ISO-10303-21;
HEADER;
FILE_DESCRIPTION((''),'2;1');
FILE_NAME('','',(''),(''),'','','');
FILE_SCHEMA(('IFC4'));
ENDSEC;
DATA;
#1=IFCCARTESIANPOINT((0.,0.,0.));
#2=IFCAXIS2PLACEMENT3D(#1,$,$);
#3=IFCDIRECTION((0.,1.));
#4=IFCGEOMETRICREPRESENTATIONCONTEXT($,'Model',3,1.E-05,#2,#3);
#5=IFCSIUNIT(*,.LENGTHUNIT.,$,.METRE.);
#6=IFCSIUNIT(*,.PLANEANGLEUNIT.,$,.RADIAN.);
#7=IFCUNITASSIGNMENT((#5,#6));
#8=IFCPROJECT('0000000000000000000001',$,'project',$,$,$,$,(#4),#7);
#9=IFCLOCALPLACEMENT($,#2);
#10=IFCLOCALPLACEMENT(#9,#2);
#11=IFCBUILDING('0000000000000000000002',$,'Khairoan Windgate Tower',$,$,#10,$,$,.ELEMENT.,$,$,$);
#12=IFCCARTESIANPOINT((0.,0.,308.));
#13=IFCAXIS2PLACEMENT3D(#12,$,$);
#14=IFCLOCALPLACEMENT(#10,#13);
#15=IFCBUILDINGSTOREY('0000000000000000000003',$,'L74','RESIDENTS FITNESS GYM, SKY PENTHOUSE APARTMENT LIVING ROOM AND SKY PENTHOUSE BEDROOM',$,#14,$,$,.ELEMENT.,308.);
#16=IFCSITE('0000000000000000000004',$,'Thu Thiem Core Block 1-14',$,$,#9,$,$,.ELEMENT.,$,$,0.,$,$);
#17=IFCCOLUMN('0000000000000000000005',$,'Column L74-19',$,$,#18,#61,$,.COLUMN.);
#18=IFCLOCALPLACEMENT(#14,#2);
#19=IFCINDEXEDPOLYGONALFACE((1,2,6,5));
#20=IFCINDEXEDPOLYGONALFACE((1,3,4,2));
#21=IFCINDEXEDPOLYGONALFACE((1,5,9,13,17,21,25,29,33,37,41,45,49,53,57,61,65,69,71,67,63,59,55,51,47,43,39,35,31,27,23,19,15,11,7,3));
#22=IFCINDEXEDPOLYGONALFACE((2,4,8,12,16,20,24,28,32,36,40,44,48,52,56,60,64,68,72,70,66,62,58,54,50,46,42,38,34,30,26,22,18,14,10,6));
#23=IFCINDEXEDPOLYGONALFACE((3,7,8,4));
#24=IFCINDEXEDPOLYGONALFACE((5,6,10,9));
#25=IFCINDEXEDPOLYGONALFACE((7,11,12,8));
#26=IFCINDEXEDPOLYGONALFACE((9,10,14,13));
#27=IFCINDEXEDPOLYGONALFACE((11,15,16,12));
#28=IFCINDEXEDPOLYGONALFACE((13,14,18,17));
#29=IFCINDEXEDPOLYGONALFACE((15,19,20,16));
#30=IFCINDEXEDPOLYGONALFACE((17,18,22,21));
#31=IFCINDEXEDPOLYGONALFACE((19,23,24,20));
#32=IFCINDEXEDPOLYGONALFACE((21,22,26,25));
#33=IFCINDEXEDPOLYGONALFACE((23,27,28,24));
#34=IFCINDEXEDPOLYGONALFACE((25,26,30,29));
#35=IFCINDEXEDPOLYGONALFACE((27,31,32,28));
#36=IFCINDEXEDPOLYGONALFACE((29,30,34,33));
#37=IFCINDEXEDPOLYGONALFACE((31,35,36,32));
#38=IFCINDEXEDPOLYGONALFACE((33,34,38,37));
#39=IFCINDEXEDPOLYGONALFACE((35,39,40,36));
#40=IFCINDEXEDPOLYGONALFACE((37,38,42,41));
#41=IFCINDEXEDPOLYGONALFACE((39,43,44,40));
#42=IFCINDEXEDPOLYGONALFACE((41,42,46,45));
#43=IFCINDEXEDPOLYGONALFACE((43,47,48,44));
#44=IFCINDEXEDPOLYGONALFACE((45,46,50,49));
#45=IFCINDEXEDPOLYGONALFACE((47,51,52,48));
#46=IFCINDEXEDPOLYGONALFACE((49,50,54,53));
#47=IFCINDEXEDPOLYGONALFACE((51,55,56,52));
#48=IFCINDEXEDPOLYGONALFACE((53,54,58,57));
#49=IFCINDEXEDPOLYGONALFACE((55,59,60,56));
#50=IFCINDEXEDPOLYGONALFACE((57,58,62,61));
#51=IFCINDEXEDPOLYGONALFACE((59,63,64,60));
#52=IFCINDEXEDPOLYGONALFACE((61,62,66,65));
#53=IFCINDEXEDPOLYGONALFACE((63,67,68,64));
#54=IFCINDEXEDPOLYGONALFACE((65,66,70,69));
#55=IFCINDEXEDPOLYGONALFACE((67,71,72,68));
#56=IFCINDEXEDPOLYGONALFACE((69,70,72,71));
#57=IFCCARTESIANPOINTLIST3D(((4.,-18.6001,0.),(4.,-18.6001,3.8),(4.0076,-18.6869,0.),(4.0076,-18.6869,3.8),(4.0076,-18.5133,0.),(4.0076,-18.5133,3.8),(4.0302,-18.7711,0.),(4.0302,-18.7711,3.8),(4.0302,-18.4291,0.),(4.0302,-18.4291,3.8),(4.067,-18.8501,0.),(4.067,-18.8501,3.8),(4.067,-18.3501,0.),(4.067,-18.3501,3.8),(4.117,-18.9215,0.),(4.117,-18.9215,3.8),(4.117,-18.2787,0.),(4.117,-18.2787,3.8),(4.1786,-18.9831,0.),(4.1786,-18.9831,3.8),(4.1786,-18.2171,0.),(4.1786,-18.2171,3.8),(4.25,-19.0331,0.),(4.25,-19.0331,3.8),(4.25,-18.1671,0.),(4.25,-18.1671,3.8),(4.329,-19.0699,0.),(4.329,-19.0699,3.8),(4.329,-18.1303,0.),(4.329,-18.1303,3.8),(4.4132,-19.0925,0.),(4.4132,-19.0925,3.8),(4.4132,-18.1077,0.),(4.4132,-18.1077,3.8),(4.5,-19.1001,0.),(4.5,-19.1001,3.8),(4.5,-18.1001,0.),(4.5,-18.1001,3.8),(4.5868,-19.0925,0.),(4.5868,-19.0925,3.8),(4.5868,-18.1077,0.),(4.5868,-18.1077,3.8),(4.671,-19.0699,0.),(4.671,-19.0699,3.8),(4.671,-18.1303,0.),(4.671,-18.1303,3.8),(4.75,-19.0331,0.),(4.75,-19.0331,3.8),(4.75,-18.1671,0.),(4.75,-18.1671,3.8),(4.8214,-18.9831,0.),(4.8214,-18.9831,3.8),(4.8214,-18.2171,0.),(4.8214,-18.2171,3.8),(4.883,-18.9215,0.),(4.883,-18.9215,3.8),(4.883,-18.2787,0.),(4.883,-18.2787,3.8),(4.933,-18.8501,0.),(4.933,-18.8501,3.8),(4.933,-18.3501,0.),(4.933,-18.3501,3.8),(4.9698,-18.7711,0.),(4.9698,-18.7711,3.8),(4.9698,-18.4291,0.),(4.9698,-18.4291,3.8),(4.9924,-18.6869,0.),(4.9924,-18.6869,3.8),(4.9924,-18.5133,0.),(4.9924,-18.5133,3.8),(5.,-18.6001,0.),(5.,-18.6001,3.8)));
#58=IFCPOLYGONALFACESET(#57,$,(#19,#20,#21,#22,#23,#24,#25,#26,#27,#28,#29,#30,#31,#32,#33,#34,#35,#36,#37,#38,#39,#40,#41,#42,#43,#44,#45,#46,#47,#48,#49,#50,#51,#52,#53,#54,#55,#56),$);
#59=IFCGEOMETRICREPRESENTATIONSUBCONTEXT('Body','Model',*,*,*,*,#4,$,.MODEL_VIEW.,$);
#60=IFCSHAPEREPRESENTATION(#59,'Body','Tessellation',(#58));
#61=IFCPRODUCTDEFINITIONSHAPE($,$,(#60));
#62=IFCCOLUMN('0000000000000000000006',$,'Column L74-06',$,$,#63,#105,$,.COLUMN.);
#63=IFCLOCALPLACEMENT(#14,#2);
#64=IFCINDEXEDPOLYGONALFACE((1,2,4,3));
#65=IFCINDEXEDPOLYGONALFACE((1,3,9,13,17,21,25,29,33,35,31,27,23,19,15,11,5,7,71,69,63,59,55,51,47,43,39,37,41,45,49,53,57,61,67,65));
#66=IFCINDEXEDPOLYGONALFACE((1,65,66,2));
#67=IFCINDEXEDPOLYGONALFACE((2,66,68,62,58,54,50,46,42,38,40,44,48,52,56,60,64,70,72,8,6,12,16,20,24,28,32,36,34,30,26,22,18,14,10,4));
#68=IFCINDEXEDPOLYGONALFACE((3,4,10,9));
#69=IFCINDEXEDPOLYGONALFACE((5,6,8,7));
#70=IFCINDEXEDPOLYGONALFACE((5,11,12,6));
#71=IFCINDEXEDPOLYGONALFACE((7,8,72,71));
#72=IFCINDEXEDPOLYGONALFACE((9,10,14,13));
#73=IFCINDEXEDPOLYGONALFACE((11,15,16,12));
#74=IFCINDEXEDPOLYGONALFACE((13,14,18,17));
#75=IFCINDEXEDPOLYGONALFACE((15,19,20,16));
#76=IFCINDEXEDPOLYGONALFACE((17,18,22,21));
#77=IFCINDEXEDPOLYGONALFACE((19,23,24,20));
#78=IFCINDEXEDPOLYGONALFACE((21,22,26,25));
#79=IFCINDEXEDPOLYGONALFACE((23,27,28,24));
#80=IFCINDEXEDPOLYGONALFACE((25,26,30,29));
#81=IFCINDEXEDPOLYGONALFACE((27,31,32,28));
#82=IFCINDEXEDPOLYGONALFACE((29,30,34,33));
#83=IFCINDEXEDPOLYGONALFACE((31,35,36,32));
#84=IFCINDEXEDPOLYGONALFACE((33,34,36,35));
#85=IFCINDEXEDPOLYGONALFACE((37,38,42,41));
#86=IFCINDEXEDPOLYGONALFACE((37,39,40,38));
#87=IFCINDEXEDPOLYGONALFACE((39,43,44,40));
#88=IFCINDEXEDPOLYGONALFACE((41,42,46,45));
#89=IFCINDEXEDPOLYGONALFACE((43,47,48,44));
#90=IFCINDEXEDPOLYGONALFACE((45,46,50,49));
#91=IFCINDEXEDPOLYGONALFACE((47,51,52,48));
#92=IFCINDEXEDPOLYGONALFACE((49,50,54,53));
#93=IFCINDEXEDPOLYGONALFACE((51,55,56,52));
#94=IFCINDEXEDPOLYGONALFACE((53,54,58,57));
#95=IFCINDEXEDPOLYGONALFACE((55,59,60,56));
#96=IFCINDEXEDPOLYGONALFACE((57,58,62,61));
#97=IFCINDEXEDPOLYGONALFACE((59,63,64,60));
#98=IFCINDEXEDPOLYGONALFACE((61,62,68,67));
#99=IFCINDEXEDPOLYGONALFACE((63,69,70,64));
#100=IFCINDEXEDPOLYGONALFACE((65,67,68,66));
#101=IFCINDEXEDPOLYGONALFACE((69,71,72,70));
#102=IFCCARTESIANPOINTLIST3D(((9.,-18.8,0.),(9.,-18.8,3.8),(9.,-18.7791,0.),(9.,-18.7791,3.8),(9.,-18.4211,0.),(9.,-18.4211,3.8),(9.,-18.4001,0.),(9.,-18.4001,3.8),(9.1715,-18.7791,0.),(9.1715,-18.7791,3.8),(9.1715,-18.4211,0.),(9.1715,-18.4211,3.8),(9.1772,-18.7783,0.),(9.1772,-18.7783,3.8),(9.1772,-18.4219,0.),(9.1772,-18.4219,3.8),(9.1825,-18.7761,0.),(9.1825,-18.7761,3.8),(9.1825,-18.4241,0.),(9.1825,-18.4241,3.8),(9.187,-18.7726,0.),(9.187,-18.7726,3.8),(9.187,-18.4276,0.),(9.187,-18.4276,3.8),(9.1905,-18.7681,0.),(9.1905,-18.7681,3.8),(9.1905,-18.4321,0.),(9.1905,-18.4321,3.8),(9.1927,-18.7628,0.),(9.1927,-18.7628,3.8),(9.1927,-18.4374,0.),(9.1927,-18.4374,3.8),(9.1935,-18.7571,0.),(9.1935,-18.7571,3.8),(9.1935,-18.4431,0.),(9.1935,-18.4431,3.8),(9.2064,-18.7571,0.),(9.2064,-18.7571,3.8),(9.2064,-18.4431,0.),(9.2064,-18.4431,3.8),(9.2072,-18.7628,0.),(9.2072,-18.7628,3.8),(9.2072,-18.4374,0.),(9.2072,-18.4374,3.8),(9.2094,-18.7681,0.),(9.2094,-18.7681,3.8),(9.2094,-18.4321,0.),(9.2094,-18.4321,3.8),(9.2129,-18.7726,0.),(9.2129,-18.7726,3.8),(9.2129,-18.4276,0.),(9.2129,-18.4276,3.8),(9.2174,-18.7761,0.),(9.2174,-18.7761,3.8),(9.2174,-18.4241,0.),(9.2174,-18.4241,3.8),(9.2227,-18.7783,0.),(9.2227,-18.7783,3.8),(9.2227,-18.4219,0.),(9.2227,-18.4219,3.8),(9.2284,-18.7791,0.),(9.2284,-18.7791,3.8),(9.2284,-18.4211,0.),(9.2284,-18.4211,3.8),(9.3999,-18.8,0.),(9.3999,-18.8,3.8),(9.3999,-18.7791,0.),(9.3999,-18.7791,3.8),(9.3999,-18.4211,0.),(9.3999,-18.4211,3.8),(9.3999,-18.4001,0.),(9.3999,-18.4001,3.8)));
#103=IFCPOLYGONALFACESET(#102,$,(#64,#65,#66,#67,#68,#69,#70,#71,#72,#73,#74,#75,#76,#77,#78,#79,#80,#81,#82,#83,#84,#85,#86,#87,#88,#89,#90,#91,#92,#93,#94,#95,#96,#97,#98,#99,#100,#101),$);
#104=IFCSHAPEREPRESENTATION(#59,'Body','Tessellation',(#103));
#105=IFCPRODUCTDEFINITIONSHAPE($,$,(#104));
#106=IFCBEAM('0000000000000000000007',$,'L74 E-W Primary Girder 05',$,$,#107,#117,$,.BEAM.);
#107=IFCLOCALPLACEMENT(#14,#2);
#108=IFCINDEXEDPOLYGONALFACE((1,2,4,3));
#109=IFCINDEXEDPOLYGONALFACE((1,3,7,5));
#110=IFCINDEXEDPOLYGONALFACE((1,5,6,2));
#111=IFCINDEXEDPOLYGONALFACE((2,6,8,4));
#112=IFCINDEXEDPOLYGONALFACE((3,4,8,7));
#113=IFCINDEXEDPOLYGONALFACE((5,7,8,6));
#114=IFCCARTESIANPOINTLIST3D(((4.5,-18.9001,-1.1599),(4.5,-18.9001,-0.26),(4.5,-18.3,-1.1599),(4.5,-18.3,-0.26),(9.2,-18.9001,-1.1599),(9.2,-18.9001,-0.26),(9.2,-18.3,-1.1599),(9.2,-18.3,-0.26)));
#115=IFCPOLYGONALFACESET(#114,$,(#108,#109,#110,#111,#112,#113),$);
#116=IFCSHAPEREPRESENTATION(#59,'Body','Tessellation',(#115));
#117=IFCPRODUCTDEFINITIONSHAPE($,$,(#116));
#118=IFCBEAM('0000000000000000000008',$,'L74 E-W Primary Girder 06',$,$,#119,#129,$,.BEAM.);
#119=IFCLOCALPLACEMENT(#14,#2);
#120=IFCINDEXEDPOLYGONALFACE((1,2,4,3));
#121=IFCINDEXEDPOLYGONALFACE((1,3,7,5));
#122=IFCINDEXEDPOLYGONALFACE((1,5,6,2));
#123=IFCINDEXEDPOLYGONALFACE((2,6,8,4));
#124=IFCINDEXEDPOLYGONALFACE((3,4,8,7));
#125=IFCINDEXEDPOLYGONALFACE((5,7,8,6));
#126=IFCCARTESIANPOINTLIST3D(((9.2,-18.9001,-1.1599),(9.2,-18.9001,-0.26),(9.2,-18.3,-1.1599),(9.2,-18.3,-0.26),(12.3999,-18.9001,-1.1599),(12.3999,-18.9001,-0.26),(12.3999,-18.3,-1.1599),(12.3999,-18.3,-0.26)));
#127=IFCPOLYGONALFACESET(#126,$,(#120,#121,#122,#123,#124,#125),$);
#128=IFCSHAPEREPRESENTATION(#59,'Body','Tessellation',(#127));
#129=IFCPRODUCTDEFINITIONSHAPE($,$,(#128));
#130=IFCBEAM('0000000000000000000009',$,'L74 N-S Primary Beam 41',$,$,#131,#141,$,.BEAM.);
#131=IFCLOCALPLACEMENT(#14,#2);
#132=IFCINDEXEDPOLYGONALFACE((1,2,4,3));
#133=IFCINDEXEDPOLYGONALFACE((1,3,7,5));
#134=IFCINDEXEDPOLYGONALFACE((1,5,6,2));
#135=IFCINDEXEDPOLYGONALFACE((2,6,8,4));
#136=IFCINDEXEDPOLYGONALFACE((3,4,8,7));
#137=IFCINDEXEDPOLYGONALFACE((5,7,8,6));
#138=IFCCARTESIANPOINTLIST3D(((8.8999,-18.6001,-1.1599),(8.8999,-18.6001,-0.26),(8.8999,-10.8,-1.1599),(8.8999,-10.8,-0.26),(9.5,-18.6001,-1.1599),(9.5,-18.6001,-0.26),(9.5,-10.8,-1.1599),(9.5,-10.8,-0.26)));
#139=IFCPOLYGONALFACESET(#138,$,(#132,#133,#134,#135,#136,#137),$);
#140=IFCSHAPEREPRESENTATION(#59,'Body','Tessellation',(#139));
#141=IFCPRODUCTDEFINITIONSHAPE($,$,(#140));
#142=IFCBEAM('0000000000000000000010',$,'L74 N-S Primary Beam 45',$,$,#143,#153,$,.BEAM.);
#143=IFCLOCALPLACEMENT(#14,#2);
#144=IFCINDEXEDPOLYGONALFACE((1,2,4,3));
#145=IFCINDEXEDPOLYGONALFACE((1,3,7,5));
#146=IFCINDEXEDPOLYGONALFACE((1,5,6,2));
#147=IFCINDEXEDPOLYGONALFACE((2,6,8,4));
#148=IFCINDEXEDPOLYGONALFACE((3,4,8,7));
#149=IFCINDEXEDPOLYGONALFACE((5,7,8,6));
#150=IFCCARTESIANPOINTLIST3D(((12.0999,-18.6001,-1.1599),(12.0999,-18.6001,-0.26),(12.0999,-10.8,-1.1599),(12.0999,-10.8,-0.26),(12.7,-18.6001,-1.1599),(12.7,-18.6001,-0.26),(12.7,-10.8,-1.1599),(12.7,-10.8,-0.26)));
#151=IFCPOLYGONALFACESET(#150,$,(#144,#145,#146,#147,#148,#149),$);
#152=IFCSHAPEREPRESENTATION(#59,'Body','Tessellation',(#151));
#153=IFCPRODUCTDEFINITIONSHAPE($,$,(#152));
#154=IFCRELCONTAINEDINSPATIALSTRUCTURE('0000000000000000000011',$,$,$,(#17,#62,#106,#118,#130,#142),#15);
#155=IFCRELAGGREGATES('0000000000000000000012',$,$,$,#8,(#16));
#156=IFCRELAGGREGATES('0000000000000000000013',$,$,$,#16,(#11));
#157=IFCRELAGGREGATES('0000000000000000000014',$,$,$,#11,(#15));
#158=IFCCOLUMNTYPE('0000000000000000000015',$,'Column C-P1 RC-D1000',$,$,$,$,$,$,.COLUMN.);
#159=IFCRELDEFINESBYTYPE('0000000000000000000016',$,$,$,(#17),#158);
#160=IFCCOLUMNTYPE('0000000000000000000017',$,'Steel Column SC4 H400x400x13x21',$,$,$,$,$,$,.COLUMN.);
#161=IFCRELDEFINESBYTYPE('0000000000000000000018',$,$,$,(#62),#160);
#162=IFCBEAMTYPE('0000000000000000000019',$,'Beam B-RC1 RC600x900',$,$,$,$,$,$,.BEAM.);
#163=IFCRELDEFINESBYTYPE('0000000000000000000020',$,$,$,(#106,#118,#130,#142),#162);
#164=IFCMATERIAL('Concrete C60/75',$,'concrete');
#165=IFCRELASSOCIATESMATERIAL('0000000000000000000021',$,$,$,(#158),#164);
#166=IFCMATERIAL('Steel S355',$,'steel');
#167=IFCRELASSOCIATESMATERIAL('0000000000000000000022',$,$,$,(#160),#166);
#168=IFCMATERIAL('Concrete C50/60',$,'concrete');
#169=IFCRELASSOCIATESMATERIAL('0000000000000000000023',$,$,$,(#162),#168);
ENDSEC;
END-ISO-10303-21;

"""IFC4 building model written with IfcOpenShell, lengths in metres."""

from ifc_helpers import new_model, si_unit, direction, frame, origin, origin_2d, place, context, subcontext, project, spatial, rectangle, circle, i_section, extrude, material, material_profile, profile_set, type_object, element, save


model = new_model("IFC4")

# Units and contexts
model_context = context("Model", 3, precision=1e-05, world=origin(), true_north=direction((0.0, 1.0)))
body_context = subcontext(model_context, "Body", "Model", "MODEL_VIEW")
ifc_project = project(units=[si_unit("LENGTHUNIT", "METRE"), si_unit("PLANEANGLEUNIT", "RADIAN")], contexts=[model_context])

# Site, building, storey
site_placement = place(None, origin())
site = spatial("IfcSite", under=ifc_project, at=site_placement, Name="Thu Thiem Core Block 1-14", CompositionType="ELEMENT", RefElevation=0.0)
building_placement = place(site_placement, origin())
building = spatial("IfcBuilding", under=site, at=building_placement, Name="Khairoan Windgate Tower", CompositionType="ELEMENT")
storey_placement = place(building_placement, frame((0.0, 0.0, 308.0)))
storey = spatial("IfcBuildingStorey", under=building, at=storey_placement, Name="L74", Description="RESIDENTS FITNESS GYM, SKY PENTHOUSE APARTMENT LIVING ROOM AND SKY PENTHOUSE BEDROOM", CompositionType="ELEMENT", Elevation=308.0)

# Columns
ifc_material_1 = material(Name="Concrete C60/75", Category="concrete")
ifc_material_profile_1 = material_profile(ifc_material_1, circle(Radius=0.5, at=origin_2d()))
ifc_profile_set_1 = profile_set([ifc_material_profile_1], Name="Concrete C60/75")
column_type_1 = type_object("IfcColumnType", Name="Column C-P1 RC-D1000", PredefinedType="COLUMN", material=ifc_profile_set_1)
column_1_placement = place(storey_placement, frame((4.5, -18.6001, 0.0), z_axis=(0.0, 0.0, 1.0), x_axis=(1.0, 0.0, 0.0)))
element("IfcColumn", 1, at=column_1_placement, inside=storey, type_object=column_type_1, Name="Column L74-19", PredefinedType="COLUMN", context=body_context, shape_type="SweptSolid", body=[
    extrude(circle(Radius=0.5, at=origin_2d()), origin(), (0.0, 0.0, 1.0), 3.8),
])
ifc_material_2 = material(Name="Steel S355", Category="steel")
ifc_material_profile_2 = material_profile(ifc_material_2, i_section(OverallWidth=0.3999, OverallDepth=0.3999, WebThickness=0.0129, FlangeThickness=0.021, FilletRadius=0.022, at=origin_2d()))
ifc_profile_set_2 = profile_set([ifc_material_profile_2], Name="Steel S355")
column_type_2 = type_object("IfcColumnType", Name="Steel Column SC4 H400x400x13x21", PredefinedType="COLUMN", material=ifc_profile_set_2)
column_2_placement = place(storey_placement, frame((9.2, -18.6001, 0.0), z_axis=(0.0, 0.0, 1.0), x_axis=(1.0, 0.0, 0.0)))
element("IfcColumn", 2, at=column_2_placement, inside=storey, type_object=column_type_2, Name="Column L74-06", PredefinedType="COLUMN", context=body_context, shape_type="SweptSolid", body=[
    extrude(i_section(OverallWidth=0.3999, OverallDepth=0.3999, WebThickness=0.0129, FlangeThickness=0.021, FilletRadius=0.022, at=origin_2d()), origin(), (0.0, 0.0, 1.0), 3.8),
])

# Beams
ifc_material_3 = material(Name="Concrete C50/60", Category="concrete")
ifc_material_profile_3 = material_profile(ifc_material_3, rectangle(XDim=0.6001, YDim=0.8999, at=origin_2d()))
ifc_profile_set_3 = profile_set([ifc_material_profile_3], Name="Concrete C50/60")
beam_type_1 = type_object("IfcBeamType", Name="Beam B-RC1 RC600x900", PredefinedType="BEAM", material=ifc_profile_set_3)
beam_1_placement = place(storey_placement, frame((4.5, -18.6001, -0.71), z_axis=(1.0, 0.0, 0.0), x_axis=(0.0, 1.0, 0.0)))
element("IfcBeam", 3, at=beam_1_placement, inside=storey, type_object=beam_type_1, Name="L74 E-W Primary Girder 05", PredefinedType="BEAM", context=body_context, shape_type="SweptSolid", body=[
    extrude(rectangle(XDim=0.6001, YDim=0.8999, at=origin_2d()), origin(), (0.0, 0.0, 1.0), 4.7),
])
beam_2_placement = place(storey_placement, frame((9.2, -18.6001, -0.71), z_axis=(1.0, 0.0, 0.0), x_axis=(0.0, 1.0, 0.0)))
element("IfcBeam", 4, at=beam_2_placement, inside=storey, type_object=beam_type_1, Name="L74 E-W Primary Girder 06", PredefinedType="BEAM", context=body_context, shape_type="SweptSolid", body=[
    extrude(rectangle(XDim=0.6001, YDim=0.8999, at=origin_2d()), origin(), (0.0, 0.0, 1.0), 3.2),
])
for number, where, z_axis, x_axis, name in (
    (5, (9.2, -18.6001, -0.71), (0.0, 1.0, 0.0), (-1.0, 0.0, 0.0), "L74 N-S Primary Beam 41"),
    (6, (12.3999, -18.6001, -0.71), (0.0, 1.0, 0.0), (-1.0, 0.0, 0.0), "L74 N-S Primary Beam 45"),
):
    element("IfcBeam", number, at=place(storey_placement, frame(where, z_axis=z_axis, x_axis=x_axis)), inside=storey, type_object=beam_type_1, Name=name, PredefinedType="BEAM", context=body_context, shape_type="SweptSolid", body=[
        extrude(rectangle(XDim=0.6001, YDim=0.8999, at=origin_2d()), origin(), (0.0, 0.0, 1.0), 7.8),
    ])

save(model, "model.ifc")
